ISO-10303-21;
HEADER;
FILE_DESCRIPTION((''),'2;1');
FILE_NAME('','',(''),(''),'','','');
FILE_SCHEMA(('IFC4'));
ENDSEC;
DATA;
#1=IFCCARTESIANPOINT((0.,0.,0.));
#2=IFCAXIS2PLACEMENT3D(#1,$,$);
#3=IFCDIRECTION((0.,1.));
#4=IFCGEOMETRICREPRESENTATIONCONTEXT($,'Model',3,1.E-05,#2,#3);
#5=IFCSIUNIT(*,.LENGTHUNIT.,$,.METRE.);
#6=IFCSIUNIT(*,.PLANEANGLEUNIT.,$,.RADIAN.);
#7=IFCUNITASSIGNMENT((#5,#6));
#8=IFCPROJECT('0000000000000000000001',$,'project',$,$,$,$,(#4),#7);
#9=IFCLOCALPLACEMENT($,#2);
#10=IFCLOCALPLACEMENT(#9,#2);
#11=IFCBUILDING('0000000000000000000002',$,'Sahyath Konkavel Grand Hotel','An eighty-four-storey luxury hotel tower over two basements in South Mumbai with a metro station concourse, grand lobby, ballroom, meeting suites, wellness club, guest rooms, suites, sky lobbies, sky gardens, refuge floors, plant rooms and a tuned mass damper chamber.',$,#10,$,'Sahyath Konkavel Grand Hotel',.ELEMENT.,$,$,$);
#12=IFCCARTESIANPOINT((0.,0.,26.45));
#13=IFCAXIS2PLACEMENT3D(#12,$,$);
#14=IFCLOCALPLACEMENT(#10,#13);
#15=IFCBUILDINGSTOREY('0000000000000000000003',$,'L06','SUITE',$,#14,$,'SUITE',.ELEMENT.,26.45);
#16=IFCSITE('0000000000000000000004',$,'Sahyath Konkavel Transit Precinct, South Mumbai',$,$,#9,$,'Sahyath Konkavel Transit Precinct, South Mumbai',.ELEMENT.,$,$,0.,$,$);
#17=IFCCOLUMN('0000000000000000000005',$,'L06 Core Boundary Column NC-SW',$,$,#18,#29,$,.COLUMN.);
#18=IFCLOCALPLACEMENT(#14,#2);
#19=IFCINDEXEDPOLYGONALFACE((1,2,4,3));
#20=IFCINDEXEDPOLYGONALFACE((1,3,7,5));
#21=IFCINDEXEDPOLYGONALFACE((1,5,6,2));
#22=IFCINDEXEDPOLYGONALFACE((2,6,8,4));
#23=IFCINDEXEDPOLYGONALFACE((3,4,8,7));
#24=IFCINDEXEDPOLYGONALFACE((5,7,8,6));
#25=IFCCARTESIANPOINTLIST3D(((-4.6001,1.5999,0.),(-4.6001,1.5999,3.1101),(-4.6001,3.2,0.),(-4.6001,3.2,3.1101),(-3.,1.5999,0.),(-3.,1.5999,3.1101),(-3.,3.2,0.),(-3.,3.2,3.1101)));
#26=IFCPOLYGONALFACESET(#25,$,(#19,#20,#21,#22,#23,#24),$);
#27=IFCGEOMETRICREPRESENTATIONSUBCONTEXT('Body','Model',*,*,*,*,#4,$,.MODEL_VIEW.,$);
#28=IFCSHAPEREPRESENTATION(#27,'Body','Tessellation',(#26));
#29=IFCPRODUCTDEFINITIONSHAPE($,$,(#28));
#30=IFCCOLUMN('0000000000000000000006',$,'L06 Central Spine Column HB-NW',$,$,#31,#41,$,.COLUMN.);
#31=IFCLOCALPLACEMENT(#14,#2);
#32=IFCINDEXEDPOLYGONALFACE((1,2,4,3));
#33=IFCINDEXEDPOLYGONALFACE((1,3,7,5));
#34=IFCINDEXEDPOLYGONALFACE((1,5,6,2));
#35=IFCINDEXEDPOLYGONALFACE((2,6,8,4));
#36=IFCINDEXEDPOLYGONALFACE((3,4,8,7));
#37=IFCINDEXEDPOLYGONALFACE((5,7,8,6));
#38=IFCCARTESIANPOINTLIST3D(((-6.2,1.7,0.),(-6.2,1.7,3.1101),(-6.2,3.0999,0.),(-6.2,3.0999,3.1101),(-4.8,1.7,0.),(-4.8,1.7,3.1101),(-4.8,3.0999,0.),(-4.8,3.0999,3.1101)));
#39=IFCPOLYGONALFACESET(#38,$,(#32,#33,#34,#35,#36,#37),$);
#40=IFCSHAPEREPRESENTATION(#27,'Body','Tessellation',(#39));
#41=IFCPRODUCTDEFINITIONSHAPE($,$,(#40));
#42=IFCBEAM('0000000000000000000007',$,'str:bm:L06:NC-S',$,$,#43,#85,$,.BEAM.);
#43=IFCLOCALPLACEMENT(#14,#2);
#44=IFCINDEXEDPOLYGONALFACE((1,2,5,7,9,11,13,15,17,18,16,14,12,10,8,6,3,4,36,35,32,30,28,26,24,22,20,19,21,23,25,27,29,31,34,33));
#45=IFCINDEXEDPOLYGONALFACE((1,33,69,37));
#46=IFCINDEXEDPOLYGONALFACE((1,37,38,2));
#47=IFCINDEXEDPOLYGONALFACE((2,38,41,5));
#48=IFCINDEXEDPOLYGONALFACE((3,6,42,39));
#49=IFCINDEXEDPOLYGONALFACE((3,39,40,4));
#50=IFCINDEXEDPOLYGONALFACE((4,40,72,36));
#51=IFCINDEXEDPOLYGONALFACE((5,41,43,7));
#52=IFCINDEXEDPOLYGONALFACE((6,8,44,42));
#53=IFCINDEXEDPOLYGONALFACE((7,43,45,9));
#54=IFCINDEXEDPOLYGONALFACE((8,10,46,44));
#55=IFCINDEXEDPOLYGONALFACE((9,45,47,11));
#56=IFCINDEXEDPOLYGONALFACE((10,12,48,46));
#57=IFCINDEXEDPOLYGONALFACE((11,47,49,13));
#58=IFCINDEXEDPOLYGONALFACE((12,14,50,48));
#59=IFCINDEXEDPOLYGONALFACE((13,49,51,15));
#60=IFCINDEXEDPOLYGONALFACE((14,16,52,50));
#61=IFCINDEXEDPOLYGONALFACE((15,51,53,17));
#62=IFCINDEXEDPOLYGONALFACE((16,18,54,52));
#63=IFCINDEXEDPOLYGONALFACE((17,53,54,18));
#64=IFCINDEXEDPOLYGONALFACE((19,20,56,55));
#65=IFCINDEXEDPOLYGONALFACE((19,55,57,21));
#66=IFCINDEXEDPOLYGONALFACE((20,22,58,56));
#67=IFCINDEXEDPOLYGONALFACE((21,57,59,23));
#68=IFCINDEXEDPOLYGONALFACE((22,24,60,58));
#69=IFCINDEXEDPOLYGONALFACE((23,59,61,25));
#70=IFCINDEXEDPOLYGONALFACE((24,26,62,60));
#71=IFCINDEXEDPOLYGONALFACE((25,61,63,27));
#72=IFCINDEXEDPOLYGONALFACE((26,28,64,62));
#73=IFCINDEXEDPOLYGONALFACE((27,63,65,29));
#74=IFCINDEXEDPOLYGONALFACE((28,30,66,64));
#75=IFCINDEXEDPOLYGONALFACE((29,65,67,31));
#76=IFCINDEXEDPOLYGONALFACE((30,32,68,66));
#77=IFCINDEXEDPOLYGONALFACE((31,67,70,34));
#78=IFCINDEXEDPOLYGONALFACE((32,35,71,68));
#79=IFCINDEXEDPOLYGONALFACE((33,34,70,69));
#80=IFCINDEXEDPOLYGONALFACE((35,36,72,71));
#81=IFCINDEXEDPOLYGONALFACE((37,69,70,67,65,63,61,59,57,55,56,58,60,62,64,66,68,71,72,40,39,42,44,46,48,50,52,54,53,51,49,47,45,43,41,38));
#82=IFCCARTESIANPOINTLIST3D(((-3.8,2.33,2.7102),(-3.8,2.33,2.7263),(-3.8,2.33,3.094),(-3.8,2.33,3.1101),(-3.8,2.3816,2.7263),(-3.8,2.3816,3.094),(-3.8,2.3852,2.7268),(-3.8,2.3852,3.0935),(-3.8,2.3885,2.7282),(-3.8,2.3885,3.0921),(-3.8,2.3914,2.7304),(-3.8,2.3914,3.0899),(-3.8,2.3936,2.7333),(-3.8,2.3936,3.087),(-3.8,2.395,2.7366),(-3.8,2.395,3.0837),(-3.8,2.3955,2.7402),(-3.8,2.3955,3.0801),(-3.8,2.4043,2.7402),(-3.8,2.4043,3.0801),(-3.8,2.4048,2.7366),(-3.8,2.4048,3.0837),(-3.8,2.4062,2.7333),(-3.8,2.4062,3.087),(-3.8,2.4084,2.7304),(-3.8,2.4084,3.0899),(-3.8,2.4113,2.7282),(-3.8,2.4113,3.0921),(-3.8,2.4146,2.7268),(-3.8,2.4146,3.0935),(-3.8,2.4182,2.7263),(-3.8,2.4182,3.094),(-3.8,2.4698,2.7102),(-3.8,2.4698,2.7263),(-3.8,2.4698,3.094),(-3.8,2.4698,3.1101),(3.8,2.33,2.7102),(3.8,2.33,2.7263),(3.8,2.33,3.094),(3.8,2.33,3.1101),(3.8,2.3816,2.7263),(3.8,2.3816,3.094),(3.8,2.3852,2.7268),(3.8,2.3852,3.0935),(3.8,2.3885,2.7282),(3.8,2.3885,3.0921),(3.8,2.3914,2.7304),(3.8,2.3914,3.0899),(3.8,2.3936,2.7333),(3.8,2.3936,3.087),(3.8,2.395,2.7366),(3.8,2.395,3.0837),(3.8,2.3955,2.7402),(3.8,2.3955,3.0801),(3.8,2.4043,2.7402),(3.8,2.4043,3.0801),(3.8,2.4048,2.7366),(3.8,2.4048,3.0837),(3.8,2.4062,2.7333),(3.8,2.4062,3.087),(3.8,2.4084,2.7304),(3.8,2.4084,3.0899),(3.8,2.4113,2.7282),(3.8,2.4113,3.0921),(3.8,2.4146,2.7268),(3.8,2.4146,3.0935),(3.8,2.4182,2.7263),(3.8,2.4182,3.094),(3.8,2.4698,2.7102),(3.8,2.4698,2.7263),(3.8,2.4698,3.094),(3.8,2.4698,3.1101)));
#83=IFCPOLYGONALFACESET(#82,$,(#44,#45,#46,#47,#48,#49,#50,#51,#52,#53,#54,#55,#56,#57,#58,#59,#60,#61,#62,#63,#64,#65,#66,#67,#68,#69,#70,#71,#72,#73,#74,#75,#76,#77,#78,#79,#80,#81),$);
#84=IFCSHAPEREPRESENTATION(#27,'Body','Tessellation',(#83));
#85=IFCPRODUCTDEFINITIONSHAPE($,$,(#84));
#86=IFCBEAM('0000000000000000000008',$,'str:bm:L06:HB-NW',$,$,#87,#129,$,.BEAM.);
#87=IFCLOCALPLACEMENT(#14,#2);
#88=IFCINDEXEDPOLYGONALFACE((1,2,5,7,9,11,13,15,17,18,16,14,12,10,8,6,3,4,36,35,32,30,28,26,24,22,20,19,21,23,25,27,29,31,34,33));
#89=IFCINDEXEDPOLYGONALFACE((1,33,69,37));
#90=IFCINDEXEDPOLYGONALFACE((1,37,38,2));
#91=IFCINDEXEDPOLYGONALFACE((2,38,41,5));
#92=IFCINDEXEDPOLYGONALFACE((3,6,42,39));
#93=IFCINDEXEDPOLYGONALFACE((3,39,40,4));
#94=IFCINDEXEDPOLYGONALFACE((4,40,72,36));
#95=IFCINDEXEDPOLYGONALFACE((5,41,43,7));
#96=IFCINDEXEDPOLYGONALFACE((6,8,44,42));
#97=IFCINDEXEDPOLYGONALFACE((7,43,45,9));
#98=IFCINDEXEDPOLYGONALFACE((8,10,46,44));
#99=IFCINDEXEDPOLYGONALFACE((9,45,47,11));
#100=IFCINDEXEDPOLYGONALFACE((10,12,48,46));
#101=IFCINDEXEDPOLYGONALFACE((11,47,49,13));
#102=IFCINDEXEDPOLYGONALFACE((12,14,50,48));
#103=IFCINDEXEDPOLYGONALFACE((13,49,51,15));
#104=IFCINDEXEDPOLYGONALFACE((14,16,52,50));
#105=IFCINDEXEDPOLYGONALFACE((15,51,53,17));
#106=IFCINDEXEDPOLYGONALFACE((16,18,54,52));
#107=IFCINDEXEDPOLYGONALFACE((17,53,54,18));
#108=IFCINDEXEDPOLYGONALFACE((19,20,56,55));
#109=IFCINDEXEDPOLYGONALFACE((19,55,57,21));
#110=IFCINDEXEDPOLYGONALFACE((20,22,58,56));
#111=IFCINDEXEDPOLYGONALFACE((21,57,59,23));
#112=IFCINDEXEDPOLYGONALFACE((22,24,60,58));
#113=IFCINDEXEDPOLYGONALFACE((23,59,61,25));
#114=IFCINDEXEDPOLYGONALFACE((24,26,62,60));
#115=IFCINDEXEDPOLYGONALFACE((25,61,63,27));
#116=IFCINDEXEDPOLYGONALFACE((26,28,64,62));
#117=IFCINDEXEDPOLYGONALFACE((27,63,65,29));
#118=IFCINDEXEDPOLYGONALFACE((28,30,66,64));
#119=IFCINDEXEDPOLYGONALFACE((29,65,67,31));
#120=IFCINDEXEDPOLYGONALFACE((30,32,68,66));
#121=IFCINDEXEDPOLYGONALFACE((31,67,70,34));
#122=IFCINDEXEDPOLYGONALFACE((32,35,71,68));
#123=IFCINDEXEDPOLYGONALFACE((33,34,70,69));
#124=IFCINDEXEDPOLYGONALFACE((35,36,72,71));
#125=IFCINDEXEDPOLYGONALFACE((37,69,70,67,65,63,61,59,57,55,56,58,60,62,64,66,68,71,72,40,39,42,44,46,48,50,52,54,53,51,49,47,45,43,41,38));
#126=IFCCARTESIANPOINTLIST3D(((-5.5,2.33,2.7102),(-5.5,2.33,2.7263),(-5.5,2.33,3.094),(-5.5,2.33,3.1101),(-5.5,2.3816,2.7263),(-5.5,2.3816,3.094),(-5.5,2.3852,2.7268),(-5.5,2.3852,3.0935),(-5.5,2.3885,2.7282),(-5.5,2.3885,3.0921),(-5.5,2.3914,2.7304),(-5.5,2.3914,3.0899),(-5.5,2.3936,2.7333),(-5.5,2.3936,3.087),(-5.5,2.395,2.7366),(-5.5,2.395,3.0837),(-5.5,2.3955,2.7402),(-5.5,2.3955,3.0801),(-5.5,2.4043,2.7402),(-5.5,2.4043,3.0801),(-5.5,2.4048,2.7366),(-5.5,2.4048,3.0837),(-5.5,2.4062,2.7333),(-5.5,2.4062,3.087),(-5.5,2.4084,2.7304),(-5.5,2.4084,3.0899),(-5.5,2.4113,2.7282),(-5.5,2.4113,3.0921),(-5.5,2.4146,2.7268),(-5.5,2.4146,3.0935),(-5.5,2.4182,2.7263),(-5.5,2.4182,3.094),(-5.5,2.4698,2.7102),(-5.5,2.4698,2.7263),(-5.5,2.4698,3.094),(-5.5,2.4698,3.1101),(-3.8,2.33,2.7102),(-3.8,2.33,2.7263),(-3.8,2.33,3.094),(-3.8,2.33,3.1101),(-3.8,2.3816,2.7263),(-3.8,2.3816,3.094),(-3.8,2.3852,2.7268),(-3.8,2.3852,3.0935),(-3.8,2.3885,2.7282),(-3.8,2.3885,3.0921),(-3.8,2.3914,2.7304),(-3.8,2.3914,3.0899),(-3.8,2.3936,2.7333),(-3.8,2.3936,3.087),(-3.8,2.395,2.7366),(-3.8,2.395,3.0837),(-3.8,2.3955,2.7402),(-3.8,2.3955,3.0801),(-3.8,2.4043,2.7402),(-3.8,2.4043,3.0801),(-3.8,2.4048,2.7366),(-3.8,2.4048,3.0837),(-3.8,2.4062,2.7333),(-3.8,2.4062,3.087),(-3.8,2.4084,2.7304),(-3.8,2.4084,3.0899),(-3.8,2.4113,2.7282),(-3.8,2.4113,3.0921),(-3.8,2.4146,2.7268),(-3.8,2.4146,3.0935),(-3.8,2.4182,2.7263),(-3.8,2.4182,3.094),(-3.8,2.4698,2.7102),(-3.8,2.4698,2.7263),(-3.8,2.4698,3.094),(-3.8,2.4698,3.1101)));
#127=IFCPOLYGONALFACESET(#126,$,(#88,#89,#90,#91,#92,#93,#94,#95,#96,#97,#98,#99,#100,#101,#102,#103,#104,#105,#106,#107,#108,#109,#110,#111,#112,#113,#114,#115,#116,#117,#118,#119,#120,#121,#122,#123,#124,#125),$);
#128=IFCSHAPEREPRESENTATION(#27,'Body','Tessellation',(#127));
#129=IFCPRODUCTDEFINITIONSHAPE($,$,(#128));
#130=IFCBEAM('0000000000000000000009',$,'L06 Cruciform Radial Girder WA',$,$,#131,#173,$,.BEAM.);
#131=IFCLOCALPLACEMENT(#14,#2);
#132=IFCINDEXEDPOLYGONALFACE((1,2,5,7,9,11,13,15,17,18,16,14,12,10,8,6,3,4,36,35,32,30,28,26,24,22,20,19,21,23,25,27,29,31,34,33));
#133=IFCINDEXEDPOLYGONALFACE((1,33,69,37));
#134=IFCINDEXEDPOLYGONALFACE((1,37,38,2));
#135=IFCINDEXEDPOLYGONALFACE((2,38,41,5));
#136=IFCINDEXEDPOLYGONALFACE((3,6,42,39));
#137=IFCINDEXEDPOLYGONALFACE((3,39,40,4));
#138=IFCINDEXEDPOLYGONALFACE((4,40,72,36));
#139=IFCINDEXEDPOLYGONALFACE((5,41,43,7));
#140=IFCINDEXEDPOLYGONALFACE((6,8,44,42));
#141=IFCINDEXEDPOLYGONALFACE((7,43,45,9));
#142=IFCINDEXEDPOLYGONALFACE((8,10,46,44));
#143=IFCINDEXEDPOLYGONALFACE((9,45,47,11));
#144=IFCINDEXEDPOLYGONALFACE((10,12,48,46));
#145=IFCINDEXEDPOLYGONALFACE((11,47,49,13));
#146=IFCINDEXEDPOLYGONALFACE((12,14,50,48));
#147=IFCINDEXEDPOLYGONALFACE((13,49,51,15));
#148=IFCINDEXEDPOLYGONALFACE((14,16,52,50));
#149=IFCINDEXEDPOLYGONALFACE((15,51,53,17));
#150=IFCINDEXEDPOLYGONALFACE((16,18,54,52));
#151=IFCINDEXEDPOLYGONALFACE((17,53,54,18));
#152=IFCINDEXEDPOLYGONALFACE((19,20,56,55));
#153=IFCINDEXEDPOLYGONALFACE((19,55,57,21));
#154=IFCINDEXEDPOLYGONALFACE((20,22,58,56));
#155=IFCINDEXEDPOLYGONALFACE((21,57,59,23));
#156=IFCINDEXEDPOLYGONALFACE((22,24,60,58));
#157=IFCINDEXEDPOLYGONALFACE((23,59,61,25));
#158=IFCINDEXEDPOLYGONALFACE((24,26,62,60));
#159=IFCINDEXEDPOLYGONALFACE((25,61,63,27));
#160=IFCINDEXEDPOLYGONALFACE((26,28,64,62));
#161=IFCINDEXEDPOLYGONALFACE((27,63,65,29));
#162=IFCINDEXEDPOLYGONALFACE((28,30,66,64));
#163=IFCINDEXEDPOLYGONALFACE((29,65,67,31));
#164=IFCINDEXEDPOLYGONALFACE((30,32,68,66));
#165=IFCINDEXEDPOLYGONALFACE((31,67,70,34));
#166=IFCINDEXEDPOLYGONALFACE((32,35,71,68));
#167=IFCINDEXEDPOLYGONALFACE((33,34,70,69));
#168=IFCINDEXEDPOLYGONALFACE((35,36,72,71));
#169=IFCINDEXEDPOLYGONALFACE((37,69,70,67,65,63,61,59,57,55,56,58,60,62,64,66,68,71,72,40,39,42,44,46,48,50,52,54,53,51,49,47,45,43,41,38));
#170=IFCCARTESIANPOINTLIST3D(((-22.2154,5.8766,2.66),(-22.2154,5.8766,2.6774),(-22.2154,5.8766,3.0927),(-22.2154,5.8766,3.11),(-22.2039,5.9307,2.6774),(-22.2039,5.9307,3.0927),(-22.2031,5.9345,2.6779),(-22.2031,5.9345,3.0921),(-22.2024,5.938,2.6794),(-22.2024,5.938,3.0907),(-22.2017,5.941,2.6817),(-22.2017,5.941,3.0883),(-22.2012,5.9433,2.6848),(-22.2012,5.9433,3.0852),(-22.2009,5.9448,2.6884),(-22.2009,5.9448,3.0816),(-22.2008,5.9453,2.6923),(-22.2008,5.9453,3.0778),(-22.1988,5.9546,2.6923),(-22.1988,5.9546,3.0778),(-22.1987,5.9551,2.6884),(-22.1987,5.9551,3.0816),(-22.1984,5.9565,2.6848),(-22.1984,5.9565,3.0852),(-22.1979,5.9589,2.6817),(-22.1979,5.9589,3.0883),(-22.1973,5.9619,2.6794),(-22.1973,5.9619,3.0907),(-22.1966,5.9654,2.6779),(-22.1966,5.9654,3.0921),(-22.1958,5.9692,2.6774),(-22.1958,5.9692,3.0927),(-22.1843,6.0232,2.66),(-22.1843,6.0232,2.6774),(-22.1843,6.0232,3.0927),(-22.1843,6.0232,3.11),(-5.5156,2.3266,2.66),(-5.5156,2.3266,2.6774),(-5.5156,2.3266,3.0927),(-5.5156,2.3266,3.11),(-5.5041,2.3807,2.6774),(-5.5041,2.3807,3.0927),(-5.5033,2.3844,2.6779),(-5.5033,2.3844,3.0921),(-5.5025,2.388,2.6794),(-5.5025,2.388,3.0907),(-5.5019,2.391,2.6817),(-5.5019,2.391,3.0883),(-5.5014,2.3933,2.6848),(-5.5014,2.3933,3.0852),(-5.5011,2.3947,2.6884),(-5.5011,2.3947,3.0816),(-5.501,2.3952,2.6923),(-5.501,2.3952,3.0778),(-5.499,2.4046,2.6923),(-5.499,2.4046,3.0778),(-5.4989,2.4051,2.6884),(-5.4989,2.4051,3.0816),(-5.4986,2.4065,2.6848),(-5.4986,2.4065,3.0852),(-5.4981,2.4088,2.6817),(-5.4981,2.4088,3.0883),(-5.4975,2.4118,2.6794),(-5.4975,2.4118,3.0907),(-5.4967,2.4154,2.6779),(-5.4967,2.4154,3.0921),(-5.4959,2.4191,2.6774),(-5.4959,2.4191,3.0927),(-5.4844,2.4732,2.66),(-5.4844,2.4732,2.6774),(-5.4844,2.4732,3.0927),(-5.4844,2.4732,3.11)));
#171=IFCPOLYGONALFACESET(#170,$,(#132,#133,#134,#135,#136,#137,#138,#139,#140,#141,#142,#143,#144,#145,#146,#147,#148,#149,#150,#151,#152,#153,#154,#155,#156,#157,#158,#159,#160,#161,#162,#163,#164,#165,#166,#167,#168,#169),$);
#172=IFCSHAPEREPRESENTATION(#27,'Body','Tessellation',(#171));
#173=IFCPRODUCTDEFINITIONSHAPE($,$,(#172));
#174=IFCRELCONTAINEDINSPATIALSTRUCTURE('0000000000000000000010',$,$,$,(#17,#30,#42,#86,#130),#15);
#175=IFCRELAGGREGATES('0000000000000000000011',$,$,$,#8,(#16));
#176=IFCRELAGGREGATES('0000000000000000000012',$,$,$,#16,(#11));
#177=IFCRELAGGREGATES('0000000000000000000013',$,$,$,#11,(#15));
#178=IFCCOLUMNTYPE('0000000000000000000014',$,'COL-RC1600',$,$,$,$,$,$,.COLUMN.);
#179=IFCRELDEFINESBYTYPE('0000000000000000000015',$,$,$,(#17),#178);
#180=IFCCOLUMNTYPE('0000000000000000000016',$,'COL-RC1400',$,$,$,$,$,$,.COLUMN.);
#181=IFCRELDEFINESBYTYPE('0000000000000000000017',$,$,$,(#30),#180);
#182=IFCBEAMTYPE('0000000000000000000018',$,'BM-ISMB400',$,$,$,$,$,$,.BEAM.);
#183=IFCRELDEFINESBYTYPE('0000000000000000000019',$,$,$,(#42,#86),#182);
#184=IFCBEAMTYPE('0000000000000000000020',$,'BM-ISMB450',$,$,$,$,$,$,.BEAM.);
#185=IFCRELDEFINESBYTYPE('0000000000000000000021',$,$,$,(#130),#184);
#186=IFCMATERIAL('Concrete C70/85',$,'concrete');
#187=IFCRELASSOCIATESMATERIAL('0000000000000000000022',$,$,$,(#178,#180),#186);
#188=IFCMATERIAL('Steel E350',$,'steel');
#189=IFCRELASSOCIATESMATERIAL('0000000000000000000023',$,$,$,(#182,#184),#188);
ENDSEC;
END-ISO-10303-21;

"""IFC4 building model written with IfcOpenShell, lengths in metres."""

from ifc_helpers import new_model, si_unit, direction, frame, origin, origin_2d, place, context, subcontext, project, spatial, rectangle, i_section, extrude, source, transform, mapped, material, material_profile, profile_set, type_object, element, save


model = new_model("IFC4")

# Units and contexts
model_context = context("Model", 3, precision=1e-05, world=origin(), true_north=direction((0.0, 1.0)))
body_context = subcontext(model_context, "Body", "Model", "MODEL_VIEW")
ifc_project = project(units=[si_unit("LENGTHUNIT", "METRE"), si_unit("PLANEANGLEUNIT", "RADIAN")], contexts=[model_context])

# Site, building, storey
site_placement = place(None, origin())
site = spatial("IfcSite", under=ifc_project, at=site_placement, Name="Sahyath Konkavel Transit Precinct, South Mumbai", LongName="Sahyath Konkavel Transit Precinct, South Mumbai", CompositionType="ELEMENT", RefElevation=0.0)
building_placement = place(site_placement, origin())
building = spatial("IfcBuilding", under=site, at=building_placement, Name="Sahyath Konkavel Grand Hotel", Description="An eighty-four-storey luxury hotel tower over two basements in South Mumbai with a metro station concourse, grand lobby, ballroom, meeting suites, wellness club, guest rooms, suites, sky lobbies, sky gardens, refuge floors, plant rooms and a tuned mass damper chamber.", LongName="Sahyath Konkavel Grand Hotel", CompositionType="ELEMENT")
storey_placement = place(building_placement, frame((0.0, 0.0, 26.45)))
storey = spatial("IfcBuildingStorey", under=building, at=storey_placement, Name="L06", Description="SUITE", LongName="SUITE", CompositionType="ELEMENT", Elevation=26.45)

# Columns
ifc_material_1 = material(Name="Concrete C70/85", Category="concrete")
ifc_material_profile_1 = material_profile(ifc_material_1, rectangle(XDim=1.6001, YDim=1.6001, at=origin_2d()), Name="RC 1600x1600")
ifc_profile_set_1 = profile_set([ifc_material_profile_1], Name="Concrete C70/85")
column_type_1 = type_object("IfcColumnType", Name="COL-RC1600", PredefinedType="COLUMN", material=ifc_profile_set_1)
shared_shape_1 = source(origin(), body_context, "Body", "SweptSolid", [
    extrude(rectangle(XDim=1.6001, YDim=1.6001, at=origin_2d()), origin(), (0.0, 0.0, 1.0), 3.1101),
])
column_1_placement = place(storey_placement, frame((-3.8, 2.3999, 0.0), z_axis=(0.0, 0.0, 1.0), x_axis=(1.0, 0.0, 0.0)))
element("IfcColumn", 1, at=column_1_placement, inside=storey, type_object=column_type_1, Name="L06 Core Boundary Column NC-SW", PredefinedType="COLUMN", context=body_context, shape_type="MappedRepresentation", body=[
    mapped(shared_shape_1, transform((0.0, 0.0, 0.0), scale=1.0)),
])
ifc_material_profile_2 = material_profile(ifc_material_1, rectangle(XDim=1.3999, YDim=1.3999, at=origin_2d()), Name="RC 1400x1400")
ifc_profile_set_2 = profile_set([ifc_material_profile_2], Name="Concrete C70/85")
column_type_2 = type_object("IfcColumnType", Name="COL-RC1400", PredefinedType="COLUMN", material=ifc_profile_set_2)
shared_shape_2 = source(origin(), body_context, "Body", "SweptSolid", [
    extrude(rectangle(XDim=1.3999, YDim=1.3999, at=origin_2d()), origin(), (0.0, 0.0, 1.0), 3.1101),
])
column_2_placement = place(storey_placement, frame((-5.5, 2.3999, 0.0), z_axis=(0.0, 0.0, 1.0), x_axis=(1.0, 0.0, 0.0)))
element("IfcColumn", 2, at=column_2_placement, inside=storey, type_object=column_type_2, Name="L06 Central Spine Column HB-NW", PredefinedType="COLUMN", context=body_context, shape_type="MappedRepresentation", body=[
    mapped(shared_shape_2, transform((0.0, 0.0, 0.0), scale=1.0)),
])

# Beams
ifc_material_2 = material(Name="Steel E350", Category="steel")
ifc_material_profile_3 = material_profile(ifc_material_2, i_section(OverallWidth=0.1399, OverallDepth=0.3999, WebThickness=0.0088, FlangeThickness=0.0161, FilletRadius=0.0139, at=origin_2d()), Name="ISMB 400")
ifc_profile_set_3 = profile_set([ifc_material_profile_3], Name="Steel E350")
beam_type_1 = type_object("IfcBeamType", Name="BM-ISMB400", PredefinedType="BEAM", material=ifc_profile_set_3)
shared_shape_3 = source(origin(), body_context, "Body", "SweptSolid", [
    extrude(i_section(OverallWidth=0.1399, OverallDepth=0.3999, WebThickness=0.0088, FlangeThickness=0.0161, FilletRadius=0.0139, at=origin_2d()), origin(), (0.0, 0.0, 1.0), 7.6001),
])
beam_1_placement = place(storey_placement, frame((-3.8, 2.3999, 2.9102), z_axis=(1.0, 0.0, 0.0), x_axis=(0.0, 1.0, 0.0)))
element("IfcBeam", 3, at=beam_1_placement, inside=storey, type_object=beam_type_1, Name="str:bm:L06:NC-S", PredefinedType="BEAM", context=body_context, shape_type="MappedRepresentation", body=[
    mapped(shared_shape_3, transform((0.0, 0.0, 0.0), scale=1.0)),
])
shared_shape_4 = source(origin(), body_context, "Body", "SweptSolid", [
    extrude(i_section(OverallWidth=0.1399, OverallDepth=0.3999, WebThickness=0.0088, FlangeThickness=0.0161, FilletRadius=0.0139, at=origin_2d()), origin(), (0.0, 0.0, 1.0), 1.7),
])
beam_2_placement = place(storey_placement, frame((-5.5, 2.3999, 2.9102), z_axis=(1.0, 0.0, 0.0), x_axis=(0.0, 1.0, 0.0)))
element("IfcBeam", 4, at=beam_2_placement, inside=storey, type_object=beam_type_1, Name="str:bm:L06:HB-NW", PredefinedType="BEAM", context=body_context, shape_type="MappedRepresentation", body=[
    mapped(shared_shape_4, transform((0.0, 0.0, 0.0), scale=1.0)),
])
ifc_material_profile_4 = material_profile(ifc_material_2, i_section(OverallWidth=0.1499, OverallDepth=0.45, WebThickness=0.0095, FlangeThickness=0.0173, FilletRadius=0.0149, at=origin_2d()), Name="ISMB 450")
ifc_profile_set_4 = profile_set([ifc_material_profile_4], Name="Steel E350")
beam_type_2 = type_object("IfcBeamType", Name="BM-ISMB450", PredefinedType="BEAM", material=ifc_profile_set_4)
shared_shape_5 = source(origin(), body_context, "Body", "SweptSolid", [
    extrude(i_section(OverallWidth=0.1499, OverallDepth=0.45, WebThickness=0.0095, FlangeThickness=0.0173, FilletRadius=0.0149, at=origin_2d()), origin(), (0.0, 0.0, 1.0), 17.073),
])
beam_3_placement = place(storey_placement, frame((-5.5, 2.3999, 2.885), z_axis=(-0.978143, 0.207932, 0.0), x_axis=(-0.207932, -0.978143, 0.0)))
element("IfcBeam", 5, at=beam_3_placement, inside=storey, type_object=beam_type_2, Name="L06 Cruciform Radial Girder WA", PredefinedType="BEAM", context=body_context, shape_type="MappedRepresentation", body=[
    mapped(shared_shape_5, transform((0.0, 0.0, 0.0), scale=1.0)),
])

save(model, "model.ifc")
